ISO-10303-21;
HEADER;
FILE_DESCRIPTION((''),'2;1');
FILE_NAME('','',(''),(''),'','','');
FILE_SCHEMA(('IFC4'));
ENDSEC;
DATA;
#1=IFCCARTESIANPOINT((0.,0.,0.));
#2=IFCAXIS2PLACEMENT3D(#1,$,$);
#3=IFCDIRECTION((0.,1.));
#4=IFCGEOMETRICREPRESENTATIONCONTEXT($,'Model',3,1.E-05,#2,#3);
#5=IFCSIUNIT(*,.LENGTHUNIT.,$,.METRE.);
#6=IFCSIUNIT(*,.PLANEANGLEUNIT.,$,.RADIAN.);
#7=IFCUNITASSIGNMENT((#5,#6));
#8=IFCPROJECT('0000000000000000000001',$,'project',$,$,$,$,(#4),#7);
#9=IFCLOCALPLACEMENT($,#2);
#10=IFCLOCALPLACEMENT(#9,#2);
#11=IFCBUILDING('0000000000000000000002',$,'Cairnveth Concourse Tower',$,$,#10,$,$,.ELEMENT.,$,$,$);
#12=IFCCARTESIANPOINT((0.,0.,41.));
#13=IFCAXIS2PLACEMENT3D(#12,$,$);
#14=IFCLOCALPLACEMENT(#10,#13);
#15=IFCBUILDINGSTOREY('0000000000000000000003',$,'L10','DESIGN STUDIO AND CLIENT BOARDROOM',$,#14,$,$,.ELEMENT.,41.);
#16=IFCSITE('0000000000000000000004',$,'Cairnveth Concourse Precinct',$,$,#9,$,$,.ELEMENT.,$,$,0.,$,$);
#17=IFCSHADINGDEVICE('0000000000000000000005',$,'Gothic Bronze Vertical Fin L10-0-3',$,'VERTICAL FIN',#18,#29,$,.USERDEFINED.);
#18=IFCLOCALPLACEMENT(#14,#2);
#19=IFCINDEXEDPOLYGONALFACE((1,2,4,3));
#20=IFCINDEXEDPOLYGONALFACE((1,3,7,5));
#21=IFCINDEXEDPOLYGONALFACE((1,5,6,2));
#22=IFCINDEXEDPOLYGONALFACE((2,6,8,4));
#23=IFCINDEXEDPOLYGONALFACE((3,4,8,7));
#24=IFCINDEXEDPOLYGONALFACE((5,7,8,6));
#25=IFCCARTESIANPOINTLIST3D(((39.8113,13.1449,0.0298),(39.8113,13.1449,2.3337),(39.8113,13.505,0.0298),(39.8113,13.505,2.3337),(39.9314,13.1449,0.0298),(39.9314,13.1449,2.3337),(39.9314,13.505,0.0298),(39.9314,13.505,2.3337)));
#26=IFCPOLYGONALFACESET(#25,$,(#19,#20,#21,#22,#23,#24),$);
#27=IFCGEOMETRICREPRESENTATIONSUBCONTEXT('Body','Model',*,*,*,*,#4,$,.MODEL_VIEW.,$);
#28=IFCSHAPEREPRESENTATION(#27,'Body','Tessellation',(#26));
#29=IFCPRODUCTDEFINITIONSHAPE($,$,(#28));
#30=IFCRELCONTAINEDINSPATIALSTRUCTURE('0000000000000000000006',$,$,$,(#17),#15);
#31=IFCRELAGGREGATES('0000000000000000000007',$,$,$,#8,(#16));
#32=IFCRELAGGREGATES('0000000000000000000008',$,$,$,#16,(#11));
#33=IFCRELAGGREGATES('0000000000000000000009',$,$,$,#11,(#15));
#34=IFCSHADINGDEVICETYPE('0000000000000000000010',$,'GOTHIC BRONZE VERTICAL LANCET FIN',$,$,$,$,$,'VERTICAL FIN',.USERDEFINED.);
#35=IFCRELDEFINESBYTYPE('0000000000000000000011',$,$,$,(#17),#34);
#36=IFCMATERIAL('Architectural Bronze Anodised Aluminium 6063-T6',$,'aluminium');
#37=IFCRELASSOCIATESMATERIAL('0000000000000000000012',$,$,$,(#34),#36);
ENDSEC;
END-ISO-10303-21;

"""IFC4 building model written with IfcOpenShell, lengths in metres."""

from ifc_helpers import new_model, si_unit, direction, frame, origin, origin_2d, place, context, subcontext, project, spatial, rectangle, extrude, material, type_object, element, save


model = new_model("IFC4")

# Units and contexts
model_context = context("Model", 3, precision=1e-05, world=origin(), true_north=direction((0.0, 1.0)))
body_context = subcontext(model_context, "Body", "Model", "MODEL_VIEW")
ifc_project = project(units=[si_unit("LENGTHUNIT", "METRE"), si_unit("PLANEANGLEUNIT", "RADIAN")], contexts=[model_context])

# Site, building, storey
site_placement = place(None, origin())
site = spatial("IfcSite", under=ifc_project, at=site_placement, Name="Cairnveth Concourse Precinct", CompositionType="ELEMENT", RefElevation=0.0)
building_placement = place(site_placement, origin())
building = spatial("IfcBuilding", under=site, at=building_placement, Name="Cairnveth Concourse Tower", CompositionType="ELEMENT")
storey_placement = place(building_placement, frame((0.0, 0.0, 41.0)))
storey = spatial("IfcBuildingStorey", under=building, at=storey_placement, Name="L10", Description="DESIGN STUDIO AND CLIENT BOARDROOM", CompositionType="ELEMENT", Elevation=41.0)

# Shading device
ifc_material_1 = material(Name="Architectural Bronze Anodised Aluminium 6063-T6", Category="aluminium")
shading_device_type = type_object("IfcShadingDeviceType", Name="GOTHIC BRONZE VERTICAL LANCET FIN", ElementType="VERTICAL FIN", PredefinedType="USERDEFINED", material=ifc_material_1)
for number, where, z_axis, x_axis, name in (
    (1, (39.8713, 13.325, 0.0298), (0.0, 0.0, 1.0), (1.0, 0.0, 0.0), "Gothic Bronze Vertical Fin L10-0-3"),
):
    element("IfcShadingDevice", number, at=place(storey_placement, frame(where, z_axis=z_axis, x_axis=x_axis)), inside=storey, type_object=shading_device_type, Name=name, ObjectType="VERTICAL FIN", PredefinedType="USERDEFINED", context=body_context, shape_type="SweptSolid", body=[
        extrude(rectangle(XDim=0.1201, YDim=0.3601, at=origin_2d()), origin(), (0.0, 0.0, 1.0), 2.304),
    ])

save(model, "model.ifc")
